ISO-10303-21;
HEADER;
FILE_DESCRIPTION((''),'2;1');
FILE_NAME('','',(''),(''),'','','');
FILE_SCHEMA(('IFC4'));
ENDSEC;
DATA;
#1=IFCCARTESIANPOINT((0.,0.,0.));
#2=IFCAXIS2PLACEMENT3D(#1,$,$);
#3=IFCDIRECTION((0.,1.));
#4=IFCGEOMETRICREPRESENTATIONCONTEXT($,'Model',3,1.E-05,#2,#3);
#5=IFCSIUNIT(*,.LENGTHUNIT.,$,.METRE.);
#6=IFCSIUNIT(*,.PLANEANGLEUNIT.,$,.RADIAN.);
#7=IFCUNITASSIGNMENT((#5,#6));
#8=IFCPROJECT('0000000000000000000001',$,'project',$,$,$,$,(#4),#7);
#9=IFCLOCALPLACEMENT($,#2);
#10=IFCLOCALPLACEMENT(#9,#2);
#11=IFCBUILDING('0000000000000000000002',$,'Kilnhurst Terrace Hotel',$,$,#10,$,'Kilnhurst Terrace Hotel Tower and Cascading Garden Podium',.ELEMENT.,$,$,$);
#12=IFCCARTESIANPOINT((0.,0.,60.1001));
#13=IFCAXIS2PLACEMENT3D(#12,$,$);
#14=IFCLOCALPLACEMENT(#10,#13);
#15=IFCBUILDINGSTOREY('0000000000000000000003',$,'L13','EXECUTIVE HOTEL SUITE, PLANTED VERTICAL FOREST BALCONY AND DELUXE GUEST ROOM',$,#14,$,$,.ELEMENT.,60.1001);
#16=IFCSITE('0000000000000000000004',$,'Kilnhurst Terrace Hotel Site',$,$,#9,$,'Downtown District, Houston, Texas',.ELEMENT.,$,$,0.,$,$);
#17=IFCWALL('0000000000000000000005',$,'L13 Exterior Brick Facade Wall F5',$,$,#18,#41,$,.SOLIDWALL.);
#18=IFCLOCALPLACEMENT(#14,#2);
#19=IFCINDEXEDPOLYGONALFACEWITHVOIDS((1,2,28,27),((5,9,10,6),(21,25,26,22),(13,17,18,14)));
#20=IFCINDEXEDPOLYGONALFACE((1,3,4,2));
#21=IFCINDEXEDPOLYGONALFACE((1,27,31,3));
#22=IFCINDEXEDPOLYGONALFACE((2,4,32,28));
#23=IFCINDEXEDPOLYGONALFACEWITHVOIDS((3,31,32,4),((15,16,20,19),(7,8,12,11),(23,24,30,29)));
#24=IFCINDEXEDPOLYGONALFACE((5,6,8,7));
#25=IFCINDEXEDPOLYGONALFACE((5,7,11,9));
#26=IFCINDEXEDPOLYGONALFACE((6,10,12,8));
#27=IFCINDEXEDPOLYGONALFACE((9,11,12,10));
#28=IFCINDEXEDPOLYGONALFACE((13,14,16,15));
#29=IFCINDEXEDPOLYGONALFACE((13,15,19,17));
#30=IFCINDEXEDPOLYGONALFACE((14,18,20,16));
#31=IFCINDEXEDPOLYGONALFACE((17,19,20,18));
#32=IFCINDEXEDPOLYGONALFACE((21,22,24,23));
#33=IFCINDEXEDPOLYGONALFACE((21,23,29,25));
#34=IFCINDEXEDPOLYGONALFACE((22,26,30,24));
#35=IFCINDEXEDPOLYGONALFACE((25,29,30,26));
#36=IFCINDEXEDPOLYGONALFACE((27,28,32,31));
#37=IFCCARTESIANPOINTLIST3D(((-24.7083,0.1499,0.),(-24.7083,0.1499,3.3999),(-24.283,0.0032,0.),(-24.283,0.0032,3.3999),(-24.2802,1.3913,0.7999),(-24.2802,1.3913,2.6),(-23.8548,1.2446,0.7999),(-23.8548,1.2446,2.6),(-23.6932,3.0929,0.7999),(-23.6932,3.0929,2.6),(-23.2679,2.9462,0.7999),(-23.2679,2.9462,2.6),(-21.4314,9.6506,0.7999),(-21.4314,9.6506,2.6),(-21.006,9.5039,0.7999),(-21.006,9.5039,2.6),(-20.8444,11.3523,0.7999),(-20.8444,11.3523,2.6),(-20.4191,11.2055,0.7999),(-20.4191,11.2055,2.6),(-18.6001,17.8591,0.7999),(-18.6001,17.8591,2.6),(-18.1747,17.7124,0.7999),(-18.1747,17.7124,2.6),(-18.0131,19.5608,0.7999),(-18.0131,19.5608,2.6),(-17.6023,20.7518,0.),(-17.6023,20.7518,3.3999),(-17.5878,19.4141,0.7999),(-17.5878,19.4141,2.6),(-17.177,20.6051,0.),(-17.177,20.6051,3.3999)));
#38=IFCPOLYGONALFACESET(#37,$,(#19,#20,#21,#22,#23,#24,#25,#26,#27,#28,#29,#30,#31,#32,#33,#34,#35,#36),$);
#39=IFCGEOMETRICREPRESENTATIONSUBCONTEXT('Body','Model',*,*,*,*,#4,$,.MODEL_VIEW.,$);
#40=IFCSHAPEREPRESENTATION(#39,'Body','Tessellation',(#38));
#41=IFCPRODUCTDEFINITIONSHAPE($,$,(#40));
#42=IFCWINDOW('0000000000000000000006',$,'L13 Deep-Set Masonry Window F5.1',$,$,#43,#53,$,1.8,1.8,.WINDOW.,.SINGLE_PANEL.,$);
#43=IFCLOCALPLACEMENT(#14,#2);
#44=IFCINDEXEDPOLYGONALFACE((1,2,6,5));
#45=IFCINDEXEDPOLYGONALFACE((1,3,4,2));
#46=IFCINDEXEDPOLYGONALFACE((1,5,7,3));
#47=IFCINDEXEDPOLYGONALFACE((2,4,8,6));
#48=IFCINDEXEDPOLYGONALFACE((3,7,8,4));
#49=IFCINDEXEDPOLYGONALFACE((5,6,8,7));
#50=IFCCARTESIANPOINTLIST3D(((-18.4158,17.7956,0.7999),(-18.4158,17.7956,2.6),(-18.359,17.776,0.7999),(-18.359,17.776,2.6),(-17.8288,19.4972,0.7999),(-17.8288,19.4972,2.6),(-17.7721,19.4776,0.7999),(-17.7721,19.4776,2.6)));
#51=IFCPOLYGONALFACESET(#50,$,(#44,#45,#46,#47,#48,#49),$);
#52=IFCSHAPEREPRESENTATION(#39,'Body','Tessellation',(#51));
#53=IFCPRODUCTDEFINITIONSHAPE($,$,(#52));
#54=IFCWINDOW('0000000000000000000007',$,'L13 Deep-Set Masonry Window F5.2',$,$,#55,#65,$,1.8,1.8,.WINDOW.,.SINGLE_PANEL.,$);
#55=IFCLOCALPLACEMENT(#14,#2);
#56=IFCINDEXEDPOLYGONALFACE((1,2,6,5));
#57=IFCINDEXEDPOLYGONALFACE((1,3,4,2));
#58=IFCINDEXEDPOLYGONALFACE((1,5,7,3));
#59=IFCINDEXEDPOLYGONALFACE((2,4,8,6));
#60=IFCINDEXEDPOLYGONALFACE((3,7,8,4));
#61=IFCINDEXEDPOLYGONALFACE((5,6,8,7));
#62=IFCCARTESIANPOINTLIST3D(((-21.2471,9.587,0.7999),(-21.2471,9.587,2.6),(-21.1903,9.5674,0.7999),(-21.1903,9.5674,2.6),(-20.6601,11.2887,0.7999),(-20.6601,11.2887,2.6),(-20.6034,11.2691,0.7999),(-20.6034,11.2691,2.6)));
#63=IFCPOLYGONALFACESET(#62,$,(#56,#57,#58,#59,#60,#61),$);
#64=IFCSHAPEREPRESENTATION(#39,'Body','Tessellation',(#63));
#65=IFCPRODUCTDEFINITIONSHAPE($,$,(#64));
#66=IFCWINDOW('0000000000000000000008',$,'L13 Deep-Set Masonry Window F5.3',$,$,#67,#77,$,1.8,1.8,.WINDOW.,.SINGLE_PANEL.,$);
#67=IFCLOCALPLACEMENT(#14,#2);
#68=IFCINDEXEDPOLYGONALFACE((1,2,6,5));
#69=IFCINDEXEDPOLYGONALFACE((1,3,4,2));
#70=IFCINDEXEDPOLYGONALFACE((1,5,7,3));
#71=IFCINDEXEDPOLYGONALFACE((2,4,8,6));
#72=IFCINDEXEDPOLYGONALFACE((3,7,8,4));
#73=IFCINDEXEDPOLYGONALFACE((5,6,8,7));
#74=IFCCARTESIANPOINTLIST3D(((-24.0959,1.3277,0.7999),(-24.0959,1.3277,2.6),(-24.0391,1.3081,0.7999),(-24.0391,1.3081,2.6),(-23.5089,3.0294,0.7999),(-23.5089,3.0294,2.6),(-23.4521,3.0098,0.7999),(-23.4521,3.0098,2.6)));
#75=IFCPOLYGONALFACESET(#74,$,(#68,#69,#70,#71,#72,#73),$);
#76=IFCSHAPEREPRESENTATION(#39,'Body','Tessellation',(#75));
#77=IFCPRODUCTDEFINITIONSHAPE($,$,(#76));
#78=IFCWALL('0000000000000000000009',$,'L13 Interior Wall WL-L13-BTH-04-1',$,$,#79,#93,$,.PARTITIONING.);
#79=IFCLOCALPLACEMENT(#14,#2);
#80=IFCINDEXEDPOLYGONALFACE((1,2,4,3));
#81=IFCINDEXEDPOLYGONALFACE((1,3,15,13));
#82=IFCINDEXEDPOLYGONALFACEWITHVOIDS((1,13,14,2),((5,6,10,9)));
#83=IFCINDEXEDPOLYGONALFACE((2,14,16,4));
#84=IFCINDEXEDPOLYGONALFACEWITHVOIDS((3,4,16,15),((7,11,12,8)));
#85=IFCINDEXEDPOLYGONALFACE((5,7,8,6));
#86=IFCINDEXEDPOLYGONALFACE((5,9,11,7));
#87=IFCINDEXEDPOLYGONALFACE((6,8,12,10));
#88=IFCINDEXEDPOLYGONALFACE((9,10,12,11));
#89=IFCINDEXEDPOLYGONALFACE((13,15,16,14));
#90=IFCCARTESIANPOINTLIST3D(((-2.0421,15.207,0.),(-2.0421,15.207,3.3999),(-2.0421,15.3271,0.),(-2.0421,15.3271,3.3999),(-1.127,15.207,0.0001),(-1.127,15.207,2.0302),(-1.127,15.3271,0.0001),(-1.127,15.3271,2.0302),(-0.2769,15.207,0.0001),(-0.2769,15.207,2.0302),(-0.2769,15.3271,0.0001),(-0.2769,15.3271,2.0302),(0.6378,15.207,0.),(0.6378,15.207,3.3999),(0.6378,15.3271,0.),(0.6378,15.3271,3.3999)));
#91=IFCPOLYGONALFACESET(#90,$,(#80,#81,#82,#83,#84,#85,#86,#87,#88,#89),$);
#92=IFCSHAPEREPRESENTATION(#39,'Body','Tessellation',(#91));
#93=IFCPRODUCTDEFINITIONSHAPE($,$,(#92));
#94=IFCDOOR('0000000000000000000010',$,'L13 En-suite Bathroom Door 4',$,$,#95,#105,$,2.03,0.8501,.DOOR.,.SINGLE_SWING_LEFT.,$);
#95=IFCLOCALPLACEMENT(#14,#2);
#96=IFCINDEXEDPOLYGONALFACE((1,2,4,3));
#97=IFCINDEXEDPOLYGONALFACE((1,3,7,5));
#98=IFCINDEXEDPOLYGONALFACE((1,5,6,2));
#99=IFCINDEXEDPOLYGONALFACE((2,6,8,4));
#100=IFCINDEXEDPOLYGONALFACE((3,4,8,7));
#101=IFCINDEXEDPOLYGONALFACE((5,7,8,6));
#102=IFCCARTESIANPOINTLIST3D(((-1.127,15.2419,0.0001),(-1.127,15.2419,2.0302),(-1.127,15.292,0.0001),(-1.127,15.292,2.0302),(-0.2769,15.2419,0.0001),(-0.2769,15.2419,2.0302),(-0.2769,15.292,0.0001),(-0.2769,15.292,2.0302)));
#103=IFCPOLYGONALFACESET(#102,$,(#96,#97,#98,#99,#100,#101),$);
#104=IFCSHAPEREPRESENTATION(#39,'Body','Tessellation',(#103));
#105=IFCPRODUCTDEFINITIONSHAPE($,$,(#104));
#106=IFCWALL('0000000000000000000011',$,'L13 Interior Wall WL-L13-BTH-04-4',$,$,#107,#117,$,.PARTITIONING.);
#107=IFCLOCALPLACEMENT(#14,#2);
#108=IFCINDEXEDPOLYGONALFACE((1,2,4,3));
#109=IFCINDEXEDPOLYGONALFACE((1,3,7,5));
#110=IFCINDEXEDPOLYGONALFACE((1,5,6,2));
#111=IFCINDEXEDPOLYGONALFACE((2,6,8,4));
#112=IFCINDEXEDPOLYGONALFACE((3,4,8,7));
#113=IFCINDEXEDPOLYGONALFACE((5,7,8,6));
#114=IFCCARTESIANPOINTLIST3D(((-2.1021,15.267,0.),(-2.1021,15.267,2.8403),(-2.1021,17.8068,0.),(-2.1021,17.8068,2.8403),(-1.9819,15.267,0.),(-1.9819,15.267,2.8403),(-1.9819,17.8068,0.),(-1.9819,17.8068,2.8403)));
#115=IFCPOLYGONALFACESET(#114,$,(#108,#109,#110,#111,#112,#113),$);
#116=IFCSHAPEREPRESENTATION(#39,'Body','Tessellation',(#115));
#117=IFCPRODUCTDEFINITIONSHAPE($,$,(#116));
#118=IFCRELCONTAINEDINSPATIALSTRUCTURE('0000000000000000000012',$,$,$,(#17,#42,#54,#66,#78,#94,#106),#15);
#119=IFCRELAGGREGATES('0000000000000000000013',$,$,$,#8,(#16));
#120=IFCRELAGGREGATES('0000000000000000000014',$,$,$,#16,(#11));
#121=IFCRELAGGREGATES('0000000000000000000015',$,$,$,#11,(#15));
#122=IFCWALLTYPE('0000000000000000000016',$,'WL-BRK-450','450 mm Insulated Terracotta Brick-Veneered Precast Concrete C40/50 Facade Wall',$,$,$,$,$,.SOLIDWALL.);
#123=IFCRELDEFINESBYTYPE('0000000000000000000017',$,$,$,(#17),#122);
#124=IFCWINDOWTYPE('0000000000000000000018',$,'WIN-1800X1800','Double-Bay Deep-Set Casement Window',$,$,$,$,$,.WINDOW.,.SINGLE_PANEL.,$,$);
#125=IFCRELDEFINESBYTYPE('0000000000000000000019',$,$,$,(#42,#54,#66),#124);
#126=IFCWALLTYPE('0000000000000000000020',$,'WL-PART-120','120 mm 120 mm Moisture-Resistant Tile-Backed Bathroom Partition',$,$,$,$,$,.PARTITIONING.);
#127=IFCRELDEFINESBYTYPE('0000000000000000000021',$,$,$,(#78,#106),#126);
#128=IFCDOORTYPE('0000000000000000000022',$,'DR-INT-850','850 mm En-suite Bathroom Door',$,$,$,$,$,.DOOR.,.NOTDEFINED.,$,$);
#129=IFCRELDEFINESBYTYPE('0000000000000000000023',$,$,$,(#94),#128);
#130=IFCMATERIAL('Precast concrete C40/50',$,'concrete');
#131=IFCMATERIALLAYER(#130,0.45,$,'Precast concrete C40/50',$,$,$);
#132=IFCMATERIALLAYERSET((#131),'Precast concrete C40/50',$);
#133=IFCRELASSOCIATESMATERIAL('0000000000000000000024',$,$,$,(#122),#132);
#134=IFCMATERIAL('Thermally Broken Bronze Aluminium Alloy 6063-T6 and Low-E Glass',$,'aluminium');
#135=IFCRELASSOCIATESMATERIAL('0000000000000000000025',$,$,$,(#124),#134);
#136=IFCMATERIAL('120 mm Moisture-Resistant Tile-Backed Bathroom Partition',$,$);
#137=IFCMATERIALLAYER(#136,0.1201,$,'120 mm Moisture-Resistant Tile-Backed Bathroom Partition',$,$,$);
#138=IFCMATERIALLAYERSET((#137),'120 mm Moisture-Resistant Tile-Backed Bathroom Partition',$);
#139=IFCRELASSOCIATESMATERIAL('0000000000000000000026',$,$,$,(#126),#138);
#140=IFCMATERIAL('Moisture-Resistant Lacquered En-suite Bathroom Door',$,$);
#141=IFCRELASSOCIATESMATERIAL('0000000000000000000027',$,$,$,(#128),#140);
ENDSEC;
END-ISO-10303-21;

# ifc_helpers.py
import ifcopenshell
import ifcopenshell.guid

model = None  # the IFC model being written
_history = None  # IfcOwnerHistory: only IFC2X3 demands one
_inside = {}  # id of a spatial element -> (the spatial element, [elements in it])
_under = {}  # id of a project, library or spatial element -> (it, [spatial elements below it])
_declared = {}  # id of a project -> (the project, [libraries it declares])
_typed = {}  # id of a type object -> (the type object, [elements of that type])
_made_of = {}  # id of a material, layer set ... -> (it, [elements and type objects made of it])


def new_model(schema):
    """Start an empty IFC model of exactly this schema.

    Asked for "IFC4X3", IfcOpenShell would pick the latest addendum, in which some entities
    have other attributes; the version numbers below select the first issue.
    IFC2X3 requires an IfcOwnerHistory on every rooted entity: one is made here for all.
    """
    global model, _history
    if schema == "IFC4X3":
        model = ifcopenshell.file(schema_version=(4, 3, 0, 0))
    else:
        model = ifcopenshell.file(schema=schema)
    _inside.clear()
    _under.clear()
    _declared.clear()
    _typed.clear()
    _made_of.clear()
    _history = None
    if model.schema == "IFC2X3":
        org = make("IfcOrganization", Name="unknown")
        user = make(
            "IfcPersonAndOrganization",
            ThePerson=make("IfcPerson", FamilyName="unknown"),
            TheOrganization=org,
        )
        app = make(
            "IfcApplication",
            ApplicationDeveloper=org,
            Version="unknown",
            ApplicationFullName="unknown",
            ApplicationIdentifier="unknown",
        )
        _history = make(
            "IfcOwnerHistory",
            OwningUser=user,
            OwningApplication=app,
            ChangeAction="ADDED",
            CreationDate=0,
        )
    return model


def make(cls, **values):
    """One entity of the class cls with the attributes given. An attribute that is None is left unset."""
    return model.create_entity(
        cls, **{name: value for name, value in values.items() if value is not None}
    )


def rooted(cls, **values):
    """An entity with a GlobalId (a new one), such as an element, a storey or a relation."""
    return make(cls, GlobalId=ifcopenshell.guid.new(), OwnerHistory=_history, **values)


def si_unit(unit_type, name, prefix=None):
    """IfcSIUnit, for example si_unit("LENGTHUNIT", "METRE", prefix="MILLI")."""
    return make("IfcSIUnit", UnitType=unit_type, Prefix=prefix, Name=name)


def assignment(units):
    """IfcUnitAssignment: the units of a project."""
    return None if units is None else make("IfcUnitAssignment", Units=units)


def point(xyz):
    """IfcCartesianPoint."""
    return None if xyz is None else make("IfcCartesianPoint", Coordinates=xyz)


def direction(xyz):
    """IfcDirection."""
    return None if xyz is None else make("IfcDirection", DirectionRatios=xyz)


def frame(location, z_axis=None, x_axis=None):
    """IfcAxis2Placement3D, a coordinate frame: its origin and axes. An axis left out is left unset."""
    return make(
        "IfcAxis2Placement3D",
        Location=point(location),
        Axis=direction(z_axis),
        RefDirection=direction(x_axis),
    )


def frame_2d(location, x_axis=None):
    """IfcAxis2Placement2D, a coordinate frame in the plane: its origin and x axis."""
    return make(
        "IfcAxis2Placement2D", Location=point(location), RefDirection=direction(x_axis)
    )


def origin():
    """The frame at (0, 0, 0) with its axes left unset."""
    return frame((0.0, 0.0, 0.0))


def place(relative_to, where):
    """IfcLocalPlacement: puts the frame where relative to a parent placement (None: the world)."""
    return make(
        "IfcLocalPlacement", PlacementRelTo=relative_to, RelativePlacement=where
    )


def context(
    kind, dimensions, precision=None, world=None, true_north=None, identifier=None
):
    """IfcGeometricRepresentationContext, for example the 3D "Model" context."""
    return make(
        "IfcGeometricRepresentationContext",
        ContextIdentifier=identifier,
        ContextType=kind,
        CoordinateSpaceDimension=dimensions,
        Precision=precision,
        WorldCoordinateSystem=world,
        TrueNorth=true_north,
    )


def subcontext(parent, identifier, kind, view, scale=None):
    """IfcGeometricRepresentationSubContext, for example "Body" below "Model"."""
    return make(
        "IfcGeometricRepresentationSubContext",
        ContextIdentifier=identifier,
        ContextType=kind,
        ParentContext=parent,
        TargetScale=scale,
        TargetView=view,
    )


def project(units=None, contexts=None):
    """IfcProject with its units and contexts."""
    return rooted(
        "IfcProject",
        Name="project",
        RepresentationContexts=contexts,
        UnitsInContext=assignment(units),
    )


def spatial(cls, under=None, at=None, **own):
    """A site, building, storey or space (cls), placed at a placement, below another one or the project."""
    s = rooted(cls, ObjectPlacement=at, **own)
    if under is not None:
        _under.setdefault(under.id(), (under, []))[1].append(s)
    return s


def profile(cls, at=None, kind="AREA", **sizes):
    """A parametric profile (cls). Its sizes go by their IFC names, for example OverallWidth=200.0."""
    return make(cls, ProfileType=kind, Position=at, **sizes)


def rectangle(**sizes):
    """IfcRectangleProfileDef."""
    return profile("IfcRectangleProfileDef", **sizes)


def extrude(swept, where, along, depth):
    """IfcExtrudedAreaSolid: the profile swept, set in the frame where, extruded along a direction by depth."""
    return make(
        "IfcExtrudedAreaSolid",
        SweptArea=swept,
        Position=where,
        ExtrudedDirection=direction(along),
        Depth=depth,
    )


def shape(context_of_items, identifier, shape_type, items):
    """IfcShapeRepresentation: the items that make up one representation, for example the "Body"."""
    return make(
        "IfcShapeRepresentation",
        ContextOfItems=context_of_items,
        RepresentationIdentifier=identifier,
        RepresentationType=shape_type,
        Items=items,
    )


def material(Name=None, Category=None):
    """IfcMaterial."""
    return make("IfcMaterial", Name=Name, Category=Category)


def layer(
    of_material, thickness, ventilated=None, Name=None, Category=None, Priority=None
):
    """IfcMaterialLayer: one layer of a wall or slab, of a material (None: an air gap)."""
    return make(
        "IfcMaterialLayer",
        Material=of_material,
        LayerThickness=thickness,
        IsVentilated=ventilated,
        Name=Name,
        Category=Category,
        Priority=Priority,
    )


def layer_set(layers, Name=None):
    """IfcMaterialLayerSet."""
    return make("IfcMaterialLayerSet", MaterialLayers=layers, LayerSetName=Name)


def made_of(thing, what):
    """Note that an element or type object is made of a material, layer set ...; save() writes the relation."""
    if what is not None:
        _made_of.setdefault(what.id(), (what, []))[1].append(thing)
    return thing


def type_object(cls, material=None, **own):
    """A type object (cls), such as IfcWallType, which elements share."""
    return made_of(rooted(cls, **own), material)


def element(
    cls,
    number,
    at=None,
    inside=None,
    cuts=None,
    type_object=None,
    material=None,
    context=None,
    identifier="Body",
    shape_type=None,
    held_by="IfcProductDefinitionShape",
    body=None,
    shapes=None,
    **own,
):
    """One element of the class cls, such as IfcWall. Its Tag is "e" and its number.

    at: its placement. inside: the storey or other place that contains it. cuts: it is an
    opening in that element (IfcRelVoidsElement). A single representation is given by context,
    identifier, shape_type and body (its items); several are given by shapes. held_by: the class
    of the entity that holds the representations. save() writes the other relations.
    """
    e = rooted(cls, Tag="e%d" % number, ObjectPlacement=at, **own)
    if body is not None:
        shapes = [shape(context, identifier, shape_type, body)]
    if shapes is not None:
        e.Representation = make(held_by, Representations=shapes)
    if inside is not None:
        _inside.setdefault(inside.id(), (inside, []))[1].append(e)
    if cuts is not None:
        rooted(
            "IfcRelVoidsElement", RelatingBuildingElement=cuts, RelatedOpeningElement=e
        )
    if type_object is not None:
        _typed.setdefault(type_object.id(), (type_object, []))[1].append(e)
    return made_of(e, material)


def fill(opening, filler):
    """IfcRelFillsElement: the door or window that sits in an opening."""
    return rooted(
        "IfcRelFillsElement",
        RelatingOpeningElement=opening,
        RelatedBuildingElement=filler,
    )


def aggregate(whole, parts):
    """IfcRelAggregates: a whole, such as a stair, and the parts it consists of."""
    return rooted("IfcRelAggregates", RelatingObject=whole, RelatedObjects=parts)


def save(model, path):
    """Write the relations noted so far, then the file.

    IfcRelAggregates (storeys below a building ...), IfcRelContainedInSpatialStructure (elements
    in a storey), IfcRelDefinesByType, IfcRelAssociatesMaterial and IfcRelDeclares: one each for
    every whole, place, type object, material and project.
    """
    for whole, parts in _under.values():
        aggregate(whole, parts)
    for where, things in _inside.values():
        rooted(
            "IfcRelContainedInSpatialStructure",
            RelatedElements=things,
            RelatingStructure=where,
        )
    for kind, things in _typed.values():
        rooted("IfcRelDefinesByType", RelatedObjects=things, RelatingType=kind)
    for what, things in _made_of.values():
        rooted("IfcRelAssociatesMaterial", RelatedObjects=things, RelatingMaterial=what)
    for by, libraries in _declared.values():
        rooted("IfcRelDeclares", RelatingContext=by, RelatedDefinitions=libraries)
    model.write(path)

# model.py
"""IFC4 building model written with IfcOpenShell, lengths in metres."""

from ifc_helpers import new_model, si_unit, direction, frame, frame_2d, origin, place, context, subcontext, project, spatial, rectangle, extrude, material, layer, layer_set, type_object, element, fill, save


model = new_model("IFC4")

# Units and contexts
model_context = context("Model", 3, precision=1e-05, world=origin(), true_north=direction((0.0, 1.0)))
body_context = subcontext(model_context, "Body", "Model", "MODEL_VIEW")
ifc_project = project(units=[si_unit("LENGTHUNIT", "METRE"), si_unit("PLANEANGLEUNIT", "RADIAN")], contexts=[model_context])

# Site, building, storey
site_placement = place(None, origin())
site = spatial("IfcSite", under=ifc_project, at=site_placement, Name="Kilnhurst Terrace Hotel Site", LongName="Downtown District, Houston, Texas", CompositionType="ELEMENT", RefElevation=0.0)
building_placement = place(site_placement, origin())
building = spatial("IfcBuilding", under=site, at=building_placement, Name="Kilnhurst Terrace Hotel", LongName="Kilnhurst Terrace Hotel Tower and Cascading Garden Podium", CompositionType="ELEMENT")
storey_placement = place(building_placement, frame((0.0, 0.0, 60.1001)))
storey = spatial("IfcBuildingStorey", under=building, at=storey_placement, Name="L13", Description="EXECUTIVE HOTEL SUITE, PLANTED VERTICAL FOREST BALCONY AND DELUXE GUEST ROOM", CompositionType="ELEMENT", Elevation=60.1001)

# Shared definitions
ifc_material_1 = material(Name="Precast concrete C40/50", Category="concrete")
ifc_layer_1 = layer(ifc_material_1, 0.45, Name="Precast concrete C40/50")
ifc_layer_set_1 = layer_set([ifc_layer_1], Name="Precast concrete C40/50")
wall_type_1 = type_object("IfcWallType", Name="WL-BRK-450", Description="450 mm Insulated Terracotta Brick-Veneered Precast Concrete C40/50 Facade Wall", PredefinedType="SOLIDWALL", material=ifc_layer_set_1)

# Wall, openings, windows
wall_1_placement = place(storey_placement, frame((-17.3896, 20.6785, 0.0), z_axis=(0.0, 0.0, 1.0), x_axis=(-0.326068, -0.945346, 0.0)))
wall_1 = element("IfcWall", 1, at=wall_1_placement, inside=storey, type_object=wall_type_1, Name="L13 Exterior Brick Facade Wall F5", PredefinedType="SOLIDWALL", context=body_context, shape_type="SweptSolid", body=[
    extrude(rectangle(XDim=21.793, YDim=0.45, at=frame_2d((10.8965, 0.0))), origin(), (0.0, 0.0, 1.0), 3.3999),
])
opening_1_placement = place(wall_1_placement, frame((1.26, 0.0, 0.8)))
opening_1 = element("IfcOpeningElement", 2, at=opening_1_placement, cuts=wall_1, PredefinedType="OPENING", context=body_context, shape_type="SweptSolid", body=[
    extrude(rectangle(XDim=1.8, YDim=1.8, at=frame_2d((0.8999, 0.8999))), frame((0.0, 0.2349, 0.0), z_axis=(0.0, -1.0, 0.0), x_axis=(1.0, 0.0, 0.0)), (0.0, 0.0, 1.0), 0.47),
])
opening_2_placement = place(wall_1_placement, frame((9.9431, 0.0, 0.8)))
opening_2 = element("IfcOpeningElement", 3, at=opening_2_placement, cuts=wall_1, PredefinedType="OPENING", context=body_context, shape_type="SweptSolid", body=[
    extrude(rectangle(XDim=1.8, YDim=1.8, at=frame_2d((0.8999, 0.8999))), frame((0.0, 0.2349, 0.0), z_axis=(0.0, -1.0, 0.0), x_axis=(1.0, 0.0, 0.0)), (0.0, 0.0, 1.0), 0.47),
])
opening_3_placement = place(wall_1_placement, frame((18.6799, 0.0, 0.8)))
opening_3 = element("IfcOpeningElement", 4, at=opening_3_placement, cuts=wall_1, PredefinedType="OPENING", context=body_context, shape_type="SweptSolid", body=[
    extrude(rectangle(XDim=1.8, YDim=1.8, at=frame_2d((0.8999, 0.8999))), frame((0.0, 0.2349, 0.0), z_axis=(0.0, -1.0, 0.0), x_axis=(1.0, 0.0, 0.0)), (0.0, 0.0, 1.0), 0.47),
])
ifc_material_2 = material(Name="Thermally Broken Bronze Aluminium Alloy 6063-T6 and Low-E Glass", Category="aluminium")
window_type = type_object("IfcWindowType", Name="WIN-1800X1800", Description="Double-Bay Deep-Set Casement Window", PartitioningType="SINGLE_PANEL", PredefinedType="WINDOW", material=ifc_material_2)
window_1_placement = place(opening_1_placement, origin())
window_1 = element("IfcWindow", 5, at=window_1_placement, inside=storey, type_object=window_type, Name="L13 Deep-Set Masonry Window F5.1", OverallHeight=1.8, OverallWidth=1.8, PartitioningType="SINGLE_PANEL", PredefinedType="WINDOW", context=body_context, shape_type="SweptSolid", body=[
    extrude(rectangle(XDim=1.8, YDim=1.8, at=frame_2d((0.8999, 0.8999))), frame((0.0, 0.03, 0.0), z_axis=(0.0, -1.0, 0.0), x_axis=(1.0, 0.0, 0.0)), (0.0, 0.0, 1.0), 0.0601),
])
fill(opening_1, window_1)
window_2_placement = place(opening_2_placement, origin())
window_2 = element("IfcWindow", 6, at=window_2_placement, inside=storey, type_object=window_type, Name="L13 Deep-Set Masonry Window F5.2", OverallHeight=1.8, OverallWidth=1.8, PartitioningType="SINGLE_PANEL", PredefinedType="WINDOW", context=body_context, shape_type="SweptSolid", body=[
    extrude(rectangle(XDim=1.8, YDim=1.8, at=frame_2d((0.8999, 0.8999))), frame((0.0, 0.03, 0.0), z_axis=(0.0, -1.0, 0.0), x_axis=(1.0, 0.0, 0.0)), (0.0, 0.0, 1.0), 0.0601),
])
fill(opening_2, window_2)
window_3_placement = place(opening_3_placement, origin())
window_3 = element("IfcWindow", 7, at=window_3_placement, inside=storey, type_object=window_type, Name="L13 Deep-Set Masonry Window F5.3", OverallHeight=1.8, OverallWidth=1.8, PartitioningType="SINGLE_PANEL", PredefinedType="WINDOW", context=body_context, shape_type="SweptSolid", body=[
    extrude(rectangle(XDim=1.8, YDim=1.8, at=frame_2d((0.8999, 0.8999))), frame((0.0, 0.03, 0.0), z_axis=(0.0, -1.0, 0.0), x_axis=(1.0, 0.0, 0.0)), (0.0, 0.0, 1.0), 0.0601),
])
fill(opening_3, window_3)

# Wall, opening, door
ifc_material_3 = material(Name="120 mm Moisture-Resistant Tile-Backed Bathroom Partition")
ifc_layer_2 = layer(ifc_material_3, 0.1201, Name="120 mm Moisture-Resistant Tile-Backed Bathroom Partition")
ifc_layer_set_2 = layer_set([ifc_layer_2], Name="120 mm Moisture-Resistant Tile-Backed Bathroom Partition")
wall_type_2 = type_object("IfcWallType", Name="WL-PART-120", Description="120 mm 120 mm Moisture-Resistant Tile-Backed Bathroom Partition", PredefinedType="PARTITIONING", material=ifc_layer_set_2)
wall_2_placement = place(storey_placement, frame((-2.042, 15.2671, 0.0), z_axis=(0.0, 0.0, 1.0), x_axis=(1.0, 0.0, 0.0)))
wall_2 = element("IfcWall", 8, at=wall_2_placement, inside=storey, type_object=wall_type_2, Name="L13 Interior Wall WL-L13-BTH-04-1", PredefinedType="PARTITIONING", context=body_context, shape_type="SweptSolid", body=[
    extrude(rectangle(XDim=2.6799, YDim=0.1201, at=frame_2d((1.3398, 0.0))), origin(), (0.0, 0.0, 1.0), 3.3999),
])
opening_4_placement = place(wall_2_placement, frame((0.915, 0.0, 0.0)))
opening_4 = element("IfcOpeningElement", 9, at=opening_4_placement, cuts=wall_2, PredefinedType="OPENING", context=body_context, shape_type="SweptSolid", body=[
    extrude(rectangle(XDim=0.8501, YDim=2.03, at=frame_2d((0.425, 1.0151))), frame((0.0, 0.0701, 0.0), z_axis=(0.0, -1.0, 0.0), x_axis=(1.0, 0.0, 0.0)), (0.0, 0.0, 1.0), 0.1401),
])
ifc_material_4 = material(Name="Moisture-Resistant Lacquered En-suite Bathroom Door")
door_type = type_object("IfcDoorType", Name="DR-INT-850", Description="850 mm En-suite Bathroom Door", OperationType="NOTDEFINED", PredefinedType="DOOR", material=ifc_material_4)
door_placement = place(opening_4_placement, origin())
door = element("IfcDoor", 10, at=door_placement, inside=storey, type_object=door_type, Name="L13 En-suite Bathroom Door 4", OperationType="SINGLE_SWING_LEFT", OverallHeight=2.03, OverallWidth=0.8501, PredefinedType="DOOR", context=body_context, shape_type="SweptSolid", body=[
    extrude(rectangle(XDim=0.8501, YDim=2.03, at=frame_2d((0.425, 1.0151))), frame((0.0, 0.0249, 0.0), z_axis=(0.0, -1.0, 0.0), x_axis=(1.0, 0.0, 0.0)), (0.0, 0.0, 1.0), 0.05),
])
fill(opening_4, door)

# Wall
wall_3_placement = place(storey_placement, frame((-2.042, 17.8069, 0.0), z_axis=(0.0, 0.0, 1.0), x_axis=(0.0, -1.0, 0.0)))
element("IfcWall", 11, at=wall_3_placement, inside=storey, type_object=wall_type_2, Name="L13 Interior Wall WL-L13-BTH-04-4", PredefinedType="PARTITIONING", context=body_context, shape_type="SweptSolid", body=[
    extrude(rectangle(XDim=2.5398, YDim=0.1201, at=frame_2d((1.27, 0.0))), origin(), (0.0, 0.0, 1.0), 2.8403),
])

save(model, "model.ifc")
